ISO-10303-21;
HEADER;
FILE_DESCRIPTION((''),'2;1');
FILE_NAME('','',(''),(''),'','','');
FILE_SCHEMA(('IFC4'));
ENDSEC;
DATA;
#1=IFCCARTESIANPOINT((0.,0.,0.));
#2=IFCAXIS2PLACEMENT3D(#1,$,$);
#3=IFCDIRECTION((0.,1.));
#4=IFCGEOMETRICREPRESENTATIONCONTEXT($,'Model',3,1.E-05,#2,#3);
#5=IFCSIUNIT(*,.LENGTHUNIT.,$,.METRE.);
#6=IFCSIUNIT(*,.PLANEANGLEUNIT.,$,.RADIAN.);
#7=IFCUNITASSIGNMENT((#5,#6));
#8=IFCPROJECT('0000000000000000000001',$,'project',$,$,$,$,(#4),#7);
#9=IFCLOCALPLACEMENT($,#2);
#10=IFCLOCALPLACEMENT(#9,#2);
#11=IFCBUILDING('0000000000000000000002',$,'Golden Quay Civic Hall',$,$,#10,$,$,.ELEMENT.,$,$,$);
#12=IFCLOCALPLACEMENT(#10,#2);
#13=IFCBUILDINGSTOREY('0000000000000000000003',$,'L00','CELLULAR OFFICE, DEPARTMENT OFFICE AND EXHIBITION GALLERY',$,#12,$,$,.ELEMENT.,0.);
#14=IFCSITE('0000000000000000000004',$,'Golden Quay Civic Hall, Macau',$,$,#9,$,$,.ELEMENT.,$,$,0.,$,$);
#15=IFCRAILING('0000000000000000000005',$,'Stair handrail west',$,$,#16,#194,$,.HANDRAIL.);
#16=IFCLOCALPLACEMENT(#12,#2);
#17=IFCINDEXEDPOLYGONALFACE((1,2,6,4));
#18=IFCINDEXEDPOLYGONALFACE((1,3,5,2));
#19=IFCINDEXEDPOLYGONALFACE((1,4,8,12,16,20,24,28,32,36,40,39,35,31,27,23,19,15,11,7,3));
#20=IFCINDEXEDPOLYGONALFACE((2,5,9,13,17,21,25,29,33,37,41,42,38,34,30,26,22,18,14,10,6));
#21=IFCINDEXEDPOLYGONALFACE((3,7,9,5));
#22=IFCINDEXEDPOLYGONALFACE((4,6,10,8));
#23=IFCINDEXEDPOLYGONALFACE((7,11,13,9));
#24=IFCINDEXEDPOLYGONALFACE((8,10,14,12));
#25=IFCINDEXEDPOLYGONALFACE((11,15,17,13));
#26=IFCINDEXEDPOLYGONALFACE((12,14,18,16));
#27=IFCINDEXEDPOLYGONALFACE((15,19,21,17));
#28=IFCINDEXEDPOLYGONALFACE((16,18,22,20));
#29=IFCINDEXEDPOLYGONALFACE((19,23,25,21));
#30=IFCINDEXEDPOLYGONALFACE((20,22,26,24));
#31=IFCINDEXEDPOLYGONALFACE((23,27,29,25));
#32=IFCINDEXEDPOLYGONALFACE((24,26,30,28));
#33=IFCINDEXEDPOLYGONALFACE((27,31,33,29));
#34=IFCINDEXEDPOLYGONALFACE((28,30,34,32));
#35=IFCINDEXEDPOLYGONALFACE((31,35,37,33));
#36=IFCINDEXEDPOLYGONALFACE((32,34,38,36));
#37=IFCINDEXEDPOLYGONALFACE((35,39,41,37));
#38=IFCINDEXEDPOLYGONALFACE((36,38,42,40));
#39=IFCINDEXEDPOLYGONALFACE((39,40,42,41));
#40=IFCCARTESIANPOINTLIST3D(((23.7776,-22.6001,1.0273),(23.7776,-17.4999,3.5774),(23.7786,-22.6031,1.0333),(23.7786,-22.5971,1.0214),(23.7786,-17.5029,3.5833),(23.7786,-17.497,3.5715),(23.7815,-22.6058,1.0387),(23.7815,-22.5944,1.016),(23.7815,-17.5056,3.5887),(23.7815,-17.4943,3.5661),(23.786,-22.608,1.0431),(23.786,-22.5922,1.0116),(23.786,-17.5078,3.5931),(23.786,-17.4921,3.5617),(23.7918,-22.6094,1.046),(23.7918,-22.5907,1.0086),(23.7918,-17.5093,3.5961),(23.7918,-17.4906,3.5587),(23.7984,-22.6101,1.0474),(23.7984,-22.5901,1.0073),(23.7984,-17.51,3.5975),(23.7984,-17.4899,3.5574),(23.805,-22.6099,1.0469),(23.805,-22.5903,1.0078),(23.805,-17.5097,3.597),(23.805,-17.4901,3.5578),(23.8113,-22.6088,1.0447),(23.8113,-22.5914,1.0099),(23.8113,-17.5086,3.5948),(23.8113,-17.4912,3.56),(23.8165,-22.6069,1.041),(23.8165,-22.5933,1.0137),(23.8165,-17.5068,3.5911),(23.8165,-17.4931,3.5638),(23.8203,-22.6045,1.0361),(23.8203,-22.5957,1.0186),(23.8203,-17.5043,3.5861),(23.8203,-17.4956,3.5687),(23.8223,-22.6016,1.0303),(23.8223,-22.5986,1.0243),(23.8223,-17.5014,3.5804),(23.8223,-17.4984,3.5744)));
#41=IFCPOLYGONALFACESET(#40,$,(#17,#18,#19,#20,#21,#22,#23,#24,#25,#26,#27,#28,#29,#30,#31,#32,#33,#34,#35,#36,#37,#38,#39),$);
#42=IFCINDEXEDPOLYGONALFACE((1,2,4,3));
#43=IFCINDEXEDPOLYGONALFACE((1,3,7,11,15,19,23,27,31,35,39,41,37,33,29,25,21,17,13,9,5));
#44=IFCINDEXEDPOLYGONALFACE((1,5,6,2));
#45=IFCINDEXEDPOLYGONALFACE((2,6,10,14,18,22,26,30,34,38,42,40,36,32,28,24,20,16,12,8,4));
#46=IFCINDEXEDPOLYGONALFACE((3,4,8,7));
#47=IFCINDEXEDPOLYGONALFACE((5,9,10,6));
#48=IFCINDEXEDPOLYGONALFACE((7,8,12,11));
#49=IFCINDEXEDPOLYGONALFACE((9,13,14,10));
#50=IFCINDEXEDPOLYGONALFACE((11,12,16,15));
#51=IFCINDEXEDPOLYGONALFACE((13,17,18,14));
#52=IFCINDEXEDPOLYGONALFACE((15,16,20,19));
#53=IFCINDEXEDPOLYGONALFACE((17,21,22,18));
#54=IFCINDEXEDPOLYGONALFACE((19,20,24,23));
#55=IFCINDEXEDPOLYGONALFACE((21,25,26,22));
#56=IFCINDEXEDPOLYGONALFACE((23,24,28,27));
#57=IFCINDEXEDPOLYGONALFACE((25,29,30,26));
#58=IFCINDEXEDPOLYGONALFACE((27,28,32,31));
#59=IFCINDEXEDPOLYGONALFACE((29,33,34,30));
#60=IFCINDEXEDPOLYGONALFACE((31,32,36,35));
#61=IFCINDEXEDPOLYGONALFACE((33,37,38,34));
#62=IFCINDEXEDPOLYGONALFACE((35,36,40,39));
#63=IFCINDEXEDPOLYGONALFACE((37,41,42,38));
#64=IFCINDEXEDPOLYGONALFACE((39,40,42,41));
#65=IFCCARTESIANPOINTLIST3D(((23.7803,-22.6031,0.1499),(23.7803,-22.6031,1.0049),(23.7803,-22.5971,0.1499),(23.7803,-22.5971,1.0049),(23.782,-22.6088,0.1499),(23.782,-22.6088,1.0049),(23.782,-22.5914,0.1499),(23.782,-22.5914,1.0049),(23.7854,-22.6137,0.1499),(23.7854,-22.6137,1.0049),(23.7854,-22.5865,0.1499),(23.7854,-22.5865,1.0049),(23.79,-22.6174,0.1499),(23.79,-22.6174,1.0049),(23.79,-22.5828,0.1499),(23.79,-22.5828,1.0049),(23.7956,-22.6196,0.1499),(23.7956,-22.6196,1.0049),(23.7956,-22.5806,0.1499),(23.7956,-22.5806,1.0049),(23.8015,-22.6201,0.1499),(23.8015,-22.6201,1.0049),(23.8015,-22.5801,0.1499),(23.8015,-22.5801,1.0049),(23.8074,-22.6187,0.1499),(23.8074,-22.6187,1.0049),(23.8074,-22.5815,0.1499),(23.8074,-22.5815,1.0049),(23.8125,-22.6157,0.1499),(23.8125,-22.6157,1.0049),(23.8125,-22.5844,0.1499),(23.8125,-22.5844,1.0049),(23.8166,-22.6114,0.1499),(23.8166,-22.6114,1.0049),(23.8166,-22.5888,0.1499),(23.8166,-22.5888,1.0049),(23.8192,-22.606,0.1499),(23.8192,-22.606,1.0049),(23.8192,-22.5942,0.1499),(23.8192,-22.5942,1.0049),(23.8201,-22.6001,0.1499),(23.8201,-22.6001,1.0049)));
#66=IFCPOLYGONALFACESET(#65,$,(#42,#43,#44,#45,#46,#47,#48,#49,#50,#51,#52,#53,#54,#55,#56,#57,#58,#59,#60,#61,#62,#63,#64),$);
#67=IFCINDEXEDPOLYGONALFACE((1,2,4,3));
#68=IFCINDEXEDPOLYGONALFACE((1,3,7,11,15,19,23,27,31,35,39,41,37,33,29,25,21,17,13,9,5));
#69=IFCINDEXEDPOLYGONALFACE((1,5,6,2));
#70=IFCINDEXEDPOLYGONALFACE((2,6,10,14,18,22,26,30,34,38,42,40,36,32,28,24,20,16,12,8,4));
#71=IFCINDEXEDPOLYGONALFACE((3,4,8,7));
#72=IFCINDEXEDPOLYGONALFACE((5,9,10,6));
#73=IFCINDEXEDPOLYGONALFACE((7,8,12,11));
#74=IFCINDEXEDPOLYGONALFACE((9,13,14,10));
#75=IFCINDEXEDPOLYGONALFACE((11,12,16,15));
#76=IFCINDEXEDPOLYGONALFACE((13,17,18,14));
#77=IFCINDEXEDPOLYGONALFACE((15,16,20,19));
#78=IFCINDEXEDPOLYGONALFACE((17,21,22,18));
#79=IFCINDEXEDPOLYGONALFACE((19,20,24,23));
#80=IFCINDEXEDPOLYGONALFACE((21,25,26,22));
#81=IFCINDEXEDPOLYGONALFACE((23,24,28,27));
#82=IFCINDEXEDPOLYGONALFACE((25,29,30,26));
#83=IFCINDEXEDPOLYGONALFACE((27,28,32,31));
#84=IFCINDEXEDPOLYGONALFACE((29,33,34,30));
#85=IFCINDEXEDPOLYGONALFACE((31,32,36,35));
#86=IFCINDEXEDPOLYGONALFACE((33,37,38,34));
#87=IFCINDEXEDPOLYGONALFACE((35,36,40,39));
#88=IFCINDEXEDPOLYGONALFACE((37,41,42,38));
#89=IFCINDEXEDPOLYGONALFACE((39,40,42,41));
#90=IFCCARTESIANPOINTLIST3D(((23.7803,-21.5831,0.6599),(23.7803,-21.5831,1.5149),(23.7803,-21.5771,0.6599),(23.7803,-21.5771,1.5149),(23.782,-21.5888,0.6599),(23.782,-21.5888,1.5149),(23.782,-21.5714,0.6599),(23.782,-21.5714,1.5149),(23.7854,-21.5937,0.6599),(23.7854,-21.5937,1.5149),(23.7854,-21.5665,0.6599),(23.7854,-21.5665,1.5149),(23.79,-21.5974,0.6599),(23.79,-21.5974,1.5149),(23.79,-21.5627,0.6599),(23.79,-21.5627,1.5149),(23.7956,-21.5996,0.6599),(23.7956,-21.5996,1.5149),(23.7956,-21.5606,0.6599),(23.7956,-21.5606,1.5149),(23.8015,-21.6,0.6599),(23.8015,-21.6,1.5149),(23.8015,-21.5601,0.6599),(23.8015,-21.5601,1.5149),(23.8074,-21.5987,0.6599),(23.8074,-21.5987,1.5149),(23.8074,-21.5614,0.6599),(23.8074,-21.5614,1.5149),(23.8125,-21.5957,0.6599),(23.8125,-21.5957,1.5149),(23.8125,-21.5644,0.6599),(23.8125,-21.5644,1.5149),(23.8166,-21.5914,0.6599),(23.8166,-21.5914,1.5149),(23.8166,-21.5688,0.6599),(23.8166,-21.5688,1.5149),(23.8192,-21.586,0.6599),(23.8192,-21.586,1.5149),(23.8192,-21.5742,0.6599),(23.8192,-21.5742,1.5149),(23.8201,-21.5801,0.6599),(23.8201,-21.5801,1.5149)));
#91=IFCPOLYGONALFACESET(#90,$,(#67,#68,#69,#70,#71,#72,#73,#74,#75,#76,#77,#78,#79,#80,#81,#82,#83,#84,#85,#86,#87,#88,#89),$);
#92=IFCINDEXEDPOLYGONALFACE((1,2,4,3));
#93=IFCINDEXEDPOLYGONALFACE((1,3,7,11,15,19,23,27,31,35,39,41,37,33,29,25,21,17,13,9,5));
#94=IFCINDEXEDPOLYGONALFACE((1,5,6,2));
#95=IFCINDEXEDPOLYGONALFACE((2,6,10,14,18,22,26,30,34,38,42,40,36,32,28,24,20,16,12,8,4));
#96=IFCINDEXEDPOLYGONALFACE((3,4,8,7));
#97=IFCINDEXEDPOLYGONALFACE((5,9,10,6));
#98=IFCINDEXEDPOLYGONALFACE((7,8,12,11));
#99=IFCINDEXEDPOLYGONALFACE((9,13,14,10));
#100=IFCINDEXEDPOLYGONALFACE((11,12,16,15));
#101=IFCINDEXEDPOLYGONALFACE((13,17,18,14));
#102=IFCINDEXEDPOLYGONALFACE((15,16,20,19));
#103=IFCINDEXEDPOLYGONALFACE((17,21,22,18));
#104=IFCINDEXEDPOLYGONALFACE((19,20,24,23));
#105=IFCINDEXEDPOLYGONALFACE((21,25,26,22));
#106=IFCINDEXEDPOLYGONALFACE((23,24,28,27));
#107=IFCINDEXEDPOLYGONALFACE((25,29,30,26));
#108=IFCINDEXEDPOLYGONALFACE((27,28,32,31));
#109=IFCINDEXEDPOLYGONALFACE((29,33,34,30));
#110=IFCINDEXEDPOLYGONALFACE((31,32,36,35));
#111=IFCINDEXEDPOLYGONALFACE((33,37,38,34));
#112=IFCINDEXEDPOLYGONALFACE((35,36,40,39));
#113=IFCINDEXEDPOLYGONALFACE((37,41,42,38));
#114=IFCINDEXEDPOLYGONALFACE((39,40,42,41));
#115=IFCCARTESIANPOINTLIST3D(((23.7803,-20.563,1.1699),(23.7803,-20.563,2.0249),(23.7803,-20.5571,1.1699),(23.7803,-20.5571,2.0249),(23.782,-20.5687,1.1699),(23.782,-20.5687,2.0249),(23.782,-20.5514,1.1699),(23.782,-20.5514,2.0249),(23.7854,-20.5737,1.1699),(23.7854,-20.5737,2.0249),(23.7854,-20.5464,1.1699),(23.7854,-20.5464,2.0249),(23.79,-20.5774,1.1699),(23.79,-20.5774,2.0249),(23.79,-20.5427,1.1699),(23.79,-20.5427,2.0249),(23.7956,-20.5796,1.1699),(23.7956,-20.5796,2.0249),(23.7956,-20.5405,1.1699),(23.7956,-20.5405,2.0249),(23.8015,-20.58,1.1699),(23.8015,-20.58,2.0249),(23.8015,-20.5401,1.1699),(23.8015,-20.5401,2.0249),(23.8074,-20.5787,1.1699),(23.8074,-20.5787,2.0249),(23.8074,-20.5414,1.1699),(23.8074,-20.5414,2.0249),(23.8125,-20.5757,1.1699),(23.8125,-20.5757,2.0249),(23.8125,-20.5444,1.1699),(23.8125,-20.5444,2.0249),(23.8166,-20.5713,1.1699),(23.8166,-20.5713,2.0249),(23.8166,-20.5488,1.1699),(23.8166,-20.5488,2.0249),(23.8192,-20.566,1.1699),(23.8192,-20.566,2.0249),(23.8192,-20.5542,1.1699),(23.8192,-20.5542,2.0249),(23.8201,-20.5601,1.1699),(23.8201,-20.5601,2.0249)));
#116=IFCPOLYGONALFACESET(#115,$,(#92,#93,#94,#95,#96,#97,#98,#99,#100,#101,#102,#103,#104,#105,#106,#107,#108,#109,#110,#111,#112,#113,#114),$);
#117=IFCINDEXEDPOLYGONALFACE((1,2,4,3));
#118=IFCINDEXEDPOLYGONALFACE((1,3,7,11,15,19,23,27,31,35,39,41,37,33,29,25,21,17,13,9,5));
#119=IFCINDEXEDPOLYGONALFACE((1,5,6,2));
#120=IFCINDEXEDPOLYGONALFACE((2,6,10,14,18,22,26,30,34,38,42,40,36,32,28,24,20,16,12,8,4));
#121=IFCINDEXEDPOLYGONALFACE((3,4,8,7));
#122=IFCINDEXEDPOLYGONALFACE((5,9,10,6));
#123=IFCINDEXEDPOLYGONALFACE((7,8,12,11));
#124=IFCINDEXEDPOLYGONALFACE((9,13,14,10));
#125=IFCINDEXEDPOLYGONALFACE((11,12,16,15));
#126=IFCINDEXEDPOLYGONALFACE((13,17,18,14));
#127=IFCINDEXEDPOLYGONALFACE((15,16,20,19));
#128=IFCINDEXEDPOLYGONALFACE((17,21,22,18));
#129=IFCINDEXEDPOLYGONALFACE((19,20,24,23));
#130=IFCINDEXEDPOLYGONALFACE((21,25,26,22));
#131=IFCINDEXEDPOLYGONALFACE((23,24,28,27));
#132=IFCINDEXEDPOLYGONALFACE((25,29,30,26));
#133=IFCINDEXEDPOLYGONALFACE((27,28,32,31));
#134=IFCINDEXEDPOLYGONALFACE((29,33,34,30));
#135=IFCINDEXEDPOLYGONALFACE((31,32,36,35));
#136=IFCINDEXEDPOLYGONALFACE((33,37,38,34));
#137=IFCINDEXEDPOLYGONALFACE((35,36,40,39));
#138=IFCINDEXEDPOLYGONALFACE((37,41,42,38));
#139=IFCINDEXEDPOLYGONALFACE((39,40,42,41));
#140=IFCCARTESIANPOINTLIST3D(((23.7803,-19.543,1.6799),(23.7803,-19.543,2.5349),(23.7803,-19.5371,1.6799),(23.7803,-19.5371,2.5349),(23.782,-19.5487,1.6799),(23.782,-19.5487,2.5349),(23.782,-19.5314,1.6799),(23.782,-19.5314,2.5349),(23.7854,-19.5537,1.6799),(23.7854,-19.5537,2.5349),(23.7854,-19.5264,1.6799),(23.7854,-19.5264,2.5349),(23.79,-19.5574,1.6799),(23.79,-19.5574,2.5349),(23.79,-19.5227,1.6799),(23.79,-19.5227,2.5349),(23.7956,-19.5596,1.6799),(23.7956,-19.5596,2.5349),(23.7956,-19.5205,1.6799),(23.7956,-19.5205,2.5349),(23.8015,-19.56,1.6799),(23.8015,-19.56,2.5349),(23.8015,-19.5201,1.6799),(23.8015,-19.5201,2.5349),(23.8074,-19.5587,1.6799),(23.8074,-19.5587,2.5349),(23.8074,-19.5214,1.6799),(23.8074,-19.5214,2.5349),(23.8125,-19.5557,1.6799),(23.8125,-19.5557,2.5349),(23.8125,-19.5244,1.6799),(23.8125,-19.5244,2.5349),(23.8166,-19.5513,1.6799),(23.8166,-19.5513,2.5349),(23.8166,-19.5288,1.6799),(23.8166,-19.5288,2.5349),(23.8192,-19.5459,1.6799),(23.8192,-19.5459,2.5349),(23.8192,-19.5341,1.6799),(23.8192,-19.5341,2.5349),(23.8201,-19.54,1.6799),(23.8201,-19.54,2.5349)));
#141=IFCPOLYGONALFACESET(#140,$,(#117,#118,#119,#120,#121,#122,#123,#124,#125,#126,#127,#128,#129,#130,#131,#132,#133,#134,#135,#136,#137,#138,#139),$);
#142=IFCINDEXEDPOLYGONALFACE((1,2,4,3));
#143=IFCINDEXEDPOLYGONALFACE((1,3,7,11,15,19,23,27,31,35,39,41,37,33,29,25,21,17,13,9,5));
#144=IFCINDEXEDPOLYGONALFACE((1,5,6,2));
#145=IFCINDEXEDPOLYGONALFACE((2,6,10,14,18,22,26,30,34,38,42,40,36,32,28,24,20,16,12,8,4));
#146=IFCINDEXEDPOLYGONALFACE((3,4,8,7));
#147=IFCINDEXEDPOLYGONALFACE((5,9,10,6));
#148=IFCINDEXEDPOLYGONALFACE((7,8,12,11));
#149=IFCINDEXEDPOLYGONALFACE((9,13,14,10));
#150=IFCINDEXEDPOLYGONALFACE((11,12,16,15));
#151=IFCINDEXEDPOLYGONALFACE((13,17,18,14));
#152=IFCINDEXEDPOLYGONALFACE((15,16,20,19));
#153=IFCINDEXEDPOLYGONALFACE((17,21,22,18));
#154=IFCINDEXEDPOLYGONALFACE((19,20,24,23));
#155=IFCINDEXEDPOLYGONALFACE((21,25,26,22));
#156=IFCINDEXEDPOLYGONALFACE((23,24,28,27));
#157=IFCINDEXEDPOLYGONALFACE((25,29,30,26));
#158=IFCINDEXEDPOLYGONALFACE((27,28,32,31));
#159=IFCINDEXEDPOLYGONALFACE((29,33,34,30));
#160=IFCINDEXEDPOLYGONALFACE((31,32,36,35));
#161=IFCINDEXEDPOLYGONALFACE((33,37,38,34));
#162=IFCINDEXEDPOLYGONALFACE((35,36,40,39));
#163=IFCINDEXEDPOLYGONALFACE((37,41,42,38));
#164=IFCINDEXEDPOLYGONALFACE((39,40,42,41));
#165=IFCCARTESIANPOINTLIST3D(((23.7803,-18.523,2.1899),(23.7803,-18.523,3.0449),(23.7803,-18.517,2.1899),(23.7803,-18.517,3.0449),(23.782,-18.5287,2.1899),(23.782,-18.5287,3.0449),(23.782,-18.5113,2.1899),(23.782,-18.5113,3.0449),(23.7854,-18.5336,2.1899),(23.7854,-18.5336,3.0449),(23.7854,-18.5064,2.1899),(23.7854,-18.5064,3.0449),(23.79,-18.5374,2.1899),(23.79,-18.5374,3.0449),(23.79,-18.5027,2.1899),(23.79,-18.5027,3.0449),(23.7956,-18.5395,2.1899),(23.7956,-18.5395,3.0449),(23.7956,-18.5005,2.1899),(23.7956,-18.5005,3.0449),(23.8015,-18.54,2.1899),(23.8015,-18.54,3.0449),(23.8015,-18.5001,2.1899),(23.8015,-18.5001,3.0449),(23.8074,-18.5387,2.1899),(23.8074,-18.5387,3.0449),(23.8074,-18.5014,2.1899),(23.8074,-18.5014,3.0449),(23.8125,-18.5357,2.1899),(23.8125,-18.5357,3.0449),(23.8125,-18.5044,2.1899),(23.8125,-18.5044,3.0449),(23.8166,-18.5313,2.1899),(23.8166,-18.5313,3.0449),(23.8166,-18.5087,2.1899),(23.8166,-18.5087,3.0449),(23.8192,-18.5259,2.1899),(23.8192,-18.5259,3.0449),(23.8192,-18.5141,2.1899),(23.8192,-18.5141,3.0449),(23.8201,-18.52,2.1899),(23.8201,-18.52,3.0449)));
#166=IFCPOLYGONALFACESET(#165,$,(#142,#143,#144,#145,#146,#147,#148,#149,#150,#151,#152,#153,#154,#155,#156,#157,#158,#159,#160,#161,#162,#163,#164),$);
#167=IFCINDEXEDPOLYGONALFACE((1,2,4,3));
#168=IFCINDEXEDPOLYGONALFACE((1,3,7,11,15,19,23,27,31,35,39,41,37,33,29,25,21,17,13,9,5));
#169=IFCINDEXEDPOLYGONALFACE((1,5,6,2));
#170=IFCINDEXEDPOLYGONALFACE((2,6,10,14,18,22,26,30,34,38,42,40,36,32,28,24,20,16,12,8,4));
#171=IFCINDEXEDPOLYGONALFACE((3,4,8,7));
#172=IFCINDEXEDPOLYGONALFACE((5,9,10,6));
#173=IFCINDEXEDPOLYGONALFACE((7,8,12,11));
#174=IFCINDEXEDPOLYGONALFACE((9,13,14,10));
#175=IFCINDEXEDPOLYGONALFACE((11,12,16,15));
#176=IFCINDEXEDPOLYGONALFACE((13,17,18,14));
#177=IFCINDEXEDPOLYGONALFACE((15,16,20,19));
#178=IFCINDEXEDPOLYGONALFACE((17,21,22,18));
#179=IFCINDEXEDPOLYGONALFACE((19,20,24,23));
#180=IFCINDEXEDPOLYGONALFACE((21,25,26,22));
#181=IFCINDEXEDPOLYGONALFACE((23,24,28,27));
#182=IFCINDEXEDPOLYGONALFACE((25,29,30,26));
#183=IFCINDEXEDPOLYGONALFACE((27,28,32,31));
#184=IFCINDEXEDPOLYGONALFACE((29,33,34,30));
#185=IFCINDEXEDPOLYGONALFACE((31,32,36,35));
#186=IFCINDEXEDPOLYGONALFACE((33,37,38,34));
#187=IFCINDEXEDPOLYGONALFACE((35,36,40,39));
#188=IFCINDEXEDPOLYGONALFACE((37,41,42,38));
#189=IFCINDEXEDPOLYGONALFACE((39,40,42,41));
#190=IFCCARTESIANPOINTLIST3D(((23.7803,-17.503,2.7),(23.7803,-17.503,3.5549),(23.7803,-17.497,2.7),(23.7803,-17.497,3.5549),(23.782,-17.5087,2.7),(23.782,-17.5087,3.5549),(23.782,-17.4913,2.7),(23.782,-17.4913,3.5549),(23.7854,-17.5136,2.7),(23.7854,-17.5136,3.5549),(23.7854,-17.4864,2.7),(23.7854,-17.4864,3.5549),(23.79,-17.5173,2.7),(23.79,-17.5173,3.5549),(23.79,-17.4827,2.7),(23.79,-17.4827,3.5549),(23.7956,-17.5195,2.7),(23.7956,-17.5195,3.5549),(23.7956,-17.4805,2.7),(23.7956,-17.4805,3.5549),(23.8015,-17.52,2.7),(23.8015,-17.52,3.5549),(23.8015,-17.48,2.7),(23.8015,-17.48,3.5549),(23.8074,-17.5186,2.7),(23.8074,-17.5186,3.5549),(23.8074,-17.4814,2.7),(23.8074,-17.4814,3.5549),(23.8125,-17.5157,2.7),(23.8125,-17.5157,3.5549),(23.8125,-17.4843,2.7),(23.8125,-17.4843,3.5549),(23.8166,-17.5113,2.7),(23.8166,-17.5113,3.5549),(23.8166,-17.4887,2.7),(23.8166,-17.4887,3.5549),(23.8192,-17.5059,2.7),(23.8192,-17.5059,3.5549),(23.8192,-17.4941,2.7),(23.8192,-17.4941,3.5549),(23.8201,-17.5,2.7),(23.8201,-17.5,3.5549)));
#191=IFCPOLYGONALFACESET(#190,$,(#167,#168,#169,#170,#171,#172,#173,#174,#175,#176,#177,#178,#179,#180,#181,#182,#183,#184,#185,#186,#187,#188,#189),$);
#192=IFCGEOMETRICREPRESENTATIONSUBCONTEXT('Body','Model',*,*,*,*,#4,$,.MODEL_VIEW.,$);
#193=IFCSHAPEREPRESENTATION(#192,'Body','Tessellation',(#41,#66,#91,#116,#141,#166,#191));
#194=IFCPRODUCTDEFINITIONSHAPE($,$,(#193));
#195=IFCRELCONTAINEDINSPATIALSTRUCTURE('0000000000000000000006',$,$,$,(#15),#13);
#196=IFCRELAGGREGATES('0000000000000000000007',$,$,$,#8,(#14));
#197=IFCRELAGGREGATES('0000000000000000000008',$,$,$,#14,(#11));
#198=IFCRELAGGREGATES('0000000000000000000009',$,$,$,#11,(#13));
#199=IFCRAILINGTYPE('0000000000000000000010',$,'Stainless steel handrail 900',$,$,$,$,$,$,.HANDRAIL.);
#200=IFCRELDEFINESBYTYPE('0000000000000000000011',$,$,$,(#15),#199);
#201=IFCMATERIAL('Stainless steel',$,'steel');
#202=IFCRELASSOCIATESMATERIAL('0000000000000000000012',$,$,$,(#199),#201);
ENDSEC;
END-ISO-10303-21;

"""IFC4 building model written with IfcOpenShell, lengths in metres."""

from ifc_helpers import new_model, si_unit, direction, frame, origin, origin_2d, place, context, subcontext, project, spatial, circle, extrude, material, type_object, element, save


model = new_model("IFC4")

# Units and contexts
model_context = context("Model", 3, precision=1e-05, world=origin(), true_north=direction((0.0, 1.0)))
body_context = subcontext(model_context, "Body", "Model", "MODEL_VIEW")
ifc_project = project(units=[si_unit("LENGTHUNIT", "METRE"), si_unit("PLANEANGLEUNIT", "RADIAN")], contexts=[model_context])

# Site, building, storey
site_placement = place(None, origin())
site = spatial("IfcSite", under=ifc_project, at=site_placement, Name="Golden Quay Civic Hall, Macau", CompositionType="ELEMENT", RefElevation=0.0)
building_placement = place(site_placement, origin())
building = spatial("IfcBuilding", under=site, at=building_placement, Name="Golden Quay Civic Hall", CompositionType="ELEMENT")
storey_placement = place(building_placement, origin())
storey = spatial("IfcBuildingStorey", under=building, at=storey_placement, Name="L00", Description="CELLULAR OFFICE, DEPARTMENT OFFICE AND EXHIBITION GALLERY", CompositionType="ELEMENT", Elevation=0.0)

# Railing
ifc_material_1 = material(Name="Stainless steel", Category="steel")
railing_type_1 = type_object("IfcRailingType", Name="Stainless steel handrail 900", PredefinedType="HANDRAIL", material=ifc_material_1)
railing_1_placement = place(storey_placement, frame((23.8, -22.6001, 0.1499)))
element("IfcRailing", 1, at=railing_1_placement, inside=storey, type_object=railing_type_1, Name="Stair handrail west", PredefinedType="HANDRAIL", context=body_context, shape_type="SweptSolid", body=[
    extrude(circle(Radius=0.0225, at=origin_2d()), frame((0.0, 0.0, 0.8774), z_axis=(0.0, 0.894427, 0.447214), x_axis=(-1.0, 0.0, 0.0)), (0.0, 0.0, 1.0), 5.7021),
    extrude(circle(Radius=0.02, at=origin_2d()), origin(), (0.0, 0.0, 1.0), 0.855),
    extrude(circle(Radius=0.02, at=origin_2d()), frame((0.0, 1.02, 0.51)), (0.0, 0.0, 1.0), 0.855),
    extrude(circle(Radius=0.02, at=origin_2d()), frame((0.0, 2.04, 1.02)), (0.0, 0.0, 1.0), 0.855),
    extrude(circle(Radius=0.02, at=origin_2d()), frame((0.0, 3.0601, 1.53)), (0.0, 0.0, 1.0), 0.855),
    extrude(circle(Radius=0.02, at=origin_2d()), frame((0.0, 4.0801, 2.04)), (0.0, 0.0, 1.0), 0.855),
    extrude(circle(Radius=0.02, at=origin_2d()), frame((0.0, 5.1001, 2.55)), (0.0, 0.0, 1.0), 0.855),
])

save(model, "model.ifc")
